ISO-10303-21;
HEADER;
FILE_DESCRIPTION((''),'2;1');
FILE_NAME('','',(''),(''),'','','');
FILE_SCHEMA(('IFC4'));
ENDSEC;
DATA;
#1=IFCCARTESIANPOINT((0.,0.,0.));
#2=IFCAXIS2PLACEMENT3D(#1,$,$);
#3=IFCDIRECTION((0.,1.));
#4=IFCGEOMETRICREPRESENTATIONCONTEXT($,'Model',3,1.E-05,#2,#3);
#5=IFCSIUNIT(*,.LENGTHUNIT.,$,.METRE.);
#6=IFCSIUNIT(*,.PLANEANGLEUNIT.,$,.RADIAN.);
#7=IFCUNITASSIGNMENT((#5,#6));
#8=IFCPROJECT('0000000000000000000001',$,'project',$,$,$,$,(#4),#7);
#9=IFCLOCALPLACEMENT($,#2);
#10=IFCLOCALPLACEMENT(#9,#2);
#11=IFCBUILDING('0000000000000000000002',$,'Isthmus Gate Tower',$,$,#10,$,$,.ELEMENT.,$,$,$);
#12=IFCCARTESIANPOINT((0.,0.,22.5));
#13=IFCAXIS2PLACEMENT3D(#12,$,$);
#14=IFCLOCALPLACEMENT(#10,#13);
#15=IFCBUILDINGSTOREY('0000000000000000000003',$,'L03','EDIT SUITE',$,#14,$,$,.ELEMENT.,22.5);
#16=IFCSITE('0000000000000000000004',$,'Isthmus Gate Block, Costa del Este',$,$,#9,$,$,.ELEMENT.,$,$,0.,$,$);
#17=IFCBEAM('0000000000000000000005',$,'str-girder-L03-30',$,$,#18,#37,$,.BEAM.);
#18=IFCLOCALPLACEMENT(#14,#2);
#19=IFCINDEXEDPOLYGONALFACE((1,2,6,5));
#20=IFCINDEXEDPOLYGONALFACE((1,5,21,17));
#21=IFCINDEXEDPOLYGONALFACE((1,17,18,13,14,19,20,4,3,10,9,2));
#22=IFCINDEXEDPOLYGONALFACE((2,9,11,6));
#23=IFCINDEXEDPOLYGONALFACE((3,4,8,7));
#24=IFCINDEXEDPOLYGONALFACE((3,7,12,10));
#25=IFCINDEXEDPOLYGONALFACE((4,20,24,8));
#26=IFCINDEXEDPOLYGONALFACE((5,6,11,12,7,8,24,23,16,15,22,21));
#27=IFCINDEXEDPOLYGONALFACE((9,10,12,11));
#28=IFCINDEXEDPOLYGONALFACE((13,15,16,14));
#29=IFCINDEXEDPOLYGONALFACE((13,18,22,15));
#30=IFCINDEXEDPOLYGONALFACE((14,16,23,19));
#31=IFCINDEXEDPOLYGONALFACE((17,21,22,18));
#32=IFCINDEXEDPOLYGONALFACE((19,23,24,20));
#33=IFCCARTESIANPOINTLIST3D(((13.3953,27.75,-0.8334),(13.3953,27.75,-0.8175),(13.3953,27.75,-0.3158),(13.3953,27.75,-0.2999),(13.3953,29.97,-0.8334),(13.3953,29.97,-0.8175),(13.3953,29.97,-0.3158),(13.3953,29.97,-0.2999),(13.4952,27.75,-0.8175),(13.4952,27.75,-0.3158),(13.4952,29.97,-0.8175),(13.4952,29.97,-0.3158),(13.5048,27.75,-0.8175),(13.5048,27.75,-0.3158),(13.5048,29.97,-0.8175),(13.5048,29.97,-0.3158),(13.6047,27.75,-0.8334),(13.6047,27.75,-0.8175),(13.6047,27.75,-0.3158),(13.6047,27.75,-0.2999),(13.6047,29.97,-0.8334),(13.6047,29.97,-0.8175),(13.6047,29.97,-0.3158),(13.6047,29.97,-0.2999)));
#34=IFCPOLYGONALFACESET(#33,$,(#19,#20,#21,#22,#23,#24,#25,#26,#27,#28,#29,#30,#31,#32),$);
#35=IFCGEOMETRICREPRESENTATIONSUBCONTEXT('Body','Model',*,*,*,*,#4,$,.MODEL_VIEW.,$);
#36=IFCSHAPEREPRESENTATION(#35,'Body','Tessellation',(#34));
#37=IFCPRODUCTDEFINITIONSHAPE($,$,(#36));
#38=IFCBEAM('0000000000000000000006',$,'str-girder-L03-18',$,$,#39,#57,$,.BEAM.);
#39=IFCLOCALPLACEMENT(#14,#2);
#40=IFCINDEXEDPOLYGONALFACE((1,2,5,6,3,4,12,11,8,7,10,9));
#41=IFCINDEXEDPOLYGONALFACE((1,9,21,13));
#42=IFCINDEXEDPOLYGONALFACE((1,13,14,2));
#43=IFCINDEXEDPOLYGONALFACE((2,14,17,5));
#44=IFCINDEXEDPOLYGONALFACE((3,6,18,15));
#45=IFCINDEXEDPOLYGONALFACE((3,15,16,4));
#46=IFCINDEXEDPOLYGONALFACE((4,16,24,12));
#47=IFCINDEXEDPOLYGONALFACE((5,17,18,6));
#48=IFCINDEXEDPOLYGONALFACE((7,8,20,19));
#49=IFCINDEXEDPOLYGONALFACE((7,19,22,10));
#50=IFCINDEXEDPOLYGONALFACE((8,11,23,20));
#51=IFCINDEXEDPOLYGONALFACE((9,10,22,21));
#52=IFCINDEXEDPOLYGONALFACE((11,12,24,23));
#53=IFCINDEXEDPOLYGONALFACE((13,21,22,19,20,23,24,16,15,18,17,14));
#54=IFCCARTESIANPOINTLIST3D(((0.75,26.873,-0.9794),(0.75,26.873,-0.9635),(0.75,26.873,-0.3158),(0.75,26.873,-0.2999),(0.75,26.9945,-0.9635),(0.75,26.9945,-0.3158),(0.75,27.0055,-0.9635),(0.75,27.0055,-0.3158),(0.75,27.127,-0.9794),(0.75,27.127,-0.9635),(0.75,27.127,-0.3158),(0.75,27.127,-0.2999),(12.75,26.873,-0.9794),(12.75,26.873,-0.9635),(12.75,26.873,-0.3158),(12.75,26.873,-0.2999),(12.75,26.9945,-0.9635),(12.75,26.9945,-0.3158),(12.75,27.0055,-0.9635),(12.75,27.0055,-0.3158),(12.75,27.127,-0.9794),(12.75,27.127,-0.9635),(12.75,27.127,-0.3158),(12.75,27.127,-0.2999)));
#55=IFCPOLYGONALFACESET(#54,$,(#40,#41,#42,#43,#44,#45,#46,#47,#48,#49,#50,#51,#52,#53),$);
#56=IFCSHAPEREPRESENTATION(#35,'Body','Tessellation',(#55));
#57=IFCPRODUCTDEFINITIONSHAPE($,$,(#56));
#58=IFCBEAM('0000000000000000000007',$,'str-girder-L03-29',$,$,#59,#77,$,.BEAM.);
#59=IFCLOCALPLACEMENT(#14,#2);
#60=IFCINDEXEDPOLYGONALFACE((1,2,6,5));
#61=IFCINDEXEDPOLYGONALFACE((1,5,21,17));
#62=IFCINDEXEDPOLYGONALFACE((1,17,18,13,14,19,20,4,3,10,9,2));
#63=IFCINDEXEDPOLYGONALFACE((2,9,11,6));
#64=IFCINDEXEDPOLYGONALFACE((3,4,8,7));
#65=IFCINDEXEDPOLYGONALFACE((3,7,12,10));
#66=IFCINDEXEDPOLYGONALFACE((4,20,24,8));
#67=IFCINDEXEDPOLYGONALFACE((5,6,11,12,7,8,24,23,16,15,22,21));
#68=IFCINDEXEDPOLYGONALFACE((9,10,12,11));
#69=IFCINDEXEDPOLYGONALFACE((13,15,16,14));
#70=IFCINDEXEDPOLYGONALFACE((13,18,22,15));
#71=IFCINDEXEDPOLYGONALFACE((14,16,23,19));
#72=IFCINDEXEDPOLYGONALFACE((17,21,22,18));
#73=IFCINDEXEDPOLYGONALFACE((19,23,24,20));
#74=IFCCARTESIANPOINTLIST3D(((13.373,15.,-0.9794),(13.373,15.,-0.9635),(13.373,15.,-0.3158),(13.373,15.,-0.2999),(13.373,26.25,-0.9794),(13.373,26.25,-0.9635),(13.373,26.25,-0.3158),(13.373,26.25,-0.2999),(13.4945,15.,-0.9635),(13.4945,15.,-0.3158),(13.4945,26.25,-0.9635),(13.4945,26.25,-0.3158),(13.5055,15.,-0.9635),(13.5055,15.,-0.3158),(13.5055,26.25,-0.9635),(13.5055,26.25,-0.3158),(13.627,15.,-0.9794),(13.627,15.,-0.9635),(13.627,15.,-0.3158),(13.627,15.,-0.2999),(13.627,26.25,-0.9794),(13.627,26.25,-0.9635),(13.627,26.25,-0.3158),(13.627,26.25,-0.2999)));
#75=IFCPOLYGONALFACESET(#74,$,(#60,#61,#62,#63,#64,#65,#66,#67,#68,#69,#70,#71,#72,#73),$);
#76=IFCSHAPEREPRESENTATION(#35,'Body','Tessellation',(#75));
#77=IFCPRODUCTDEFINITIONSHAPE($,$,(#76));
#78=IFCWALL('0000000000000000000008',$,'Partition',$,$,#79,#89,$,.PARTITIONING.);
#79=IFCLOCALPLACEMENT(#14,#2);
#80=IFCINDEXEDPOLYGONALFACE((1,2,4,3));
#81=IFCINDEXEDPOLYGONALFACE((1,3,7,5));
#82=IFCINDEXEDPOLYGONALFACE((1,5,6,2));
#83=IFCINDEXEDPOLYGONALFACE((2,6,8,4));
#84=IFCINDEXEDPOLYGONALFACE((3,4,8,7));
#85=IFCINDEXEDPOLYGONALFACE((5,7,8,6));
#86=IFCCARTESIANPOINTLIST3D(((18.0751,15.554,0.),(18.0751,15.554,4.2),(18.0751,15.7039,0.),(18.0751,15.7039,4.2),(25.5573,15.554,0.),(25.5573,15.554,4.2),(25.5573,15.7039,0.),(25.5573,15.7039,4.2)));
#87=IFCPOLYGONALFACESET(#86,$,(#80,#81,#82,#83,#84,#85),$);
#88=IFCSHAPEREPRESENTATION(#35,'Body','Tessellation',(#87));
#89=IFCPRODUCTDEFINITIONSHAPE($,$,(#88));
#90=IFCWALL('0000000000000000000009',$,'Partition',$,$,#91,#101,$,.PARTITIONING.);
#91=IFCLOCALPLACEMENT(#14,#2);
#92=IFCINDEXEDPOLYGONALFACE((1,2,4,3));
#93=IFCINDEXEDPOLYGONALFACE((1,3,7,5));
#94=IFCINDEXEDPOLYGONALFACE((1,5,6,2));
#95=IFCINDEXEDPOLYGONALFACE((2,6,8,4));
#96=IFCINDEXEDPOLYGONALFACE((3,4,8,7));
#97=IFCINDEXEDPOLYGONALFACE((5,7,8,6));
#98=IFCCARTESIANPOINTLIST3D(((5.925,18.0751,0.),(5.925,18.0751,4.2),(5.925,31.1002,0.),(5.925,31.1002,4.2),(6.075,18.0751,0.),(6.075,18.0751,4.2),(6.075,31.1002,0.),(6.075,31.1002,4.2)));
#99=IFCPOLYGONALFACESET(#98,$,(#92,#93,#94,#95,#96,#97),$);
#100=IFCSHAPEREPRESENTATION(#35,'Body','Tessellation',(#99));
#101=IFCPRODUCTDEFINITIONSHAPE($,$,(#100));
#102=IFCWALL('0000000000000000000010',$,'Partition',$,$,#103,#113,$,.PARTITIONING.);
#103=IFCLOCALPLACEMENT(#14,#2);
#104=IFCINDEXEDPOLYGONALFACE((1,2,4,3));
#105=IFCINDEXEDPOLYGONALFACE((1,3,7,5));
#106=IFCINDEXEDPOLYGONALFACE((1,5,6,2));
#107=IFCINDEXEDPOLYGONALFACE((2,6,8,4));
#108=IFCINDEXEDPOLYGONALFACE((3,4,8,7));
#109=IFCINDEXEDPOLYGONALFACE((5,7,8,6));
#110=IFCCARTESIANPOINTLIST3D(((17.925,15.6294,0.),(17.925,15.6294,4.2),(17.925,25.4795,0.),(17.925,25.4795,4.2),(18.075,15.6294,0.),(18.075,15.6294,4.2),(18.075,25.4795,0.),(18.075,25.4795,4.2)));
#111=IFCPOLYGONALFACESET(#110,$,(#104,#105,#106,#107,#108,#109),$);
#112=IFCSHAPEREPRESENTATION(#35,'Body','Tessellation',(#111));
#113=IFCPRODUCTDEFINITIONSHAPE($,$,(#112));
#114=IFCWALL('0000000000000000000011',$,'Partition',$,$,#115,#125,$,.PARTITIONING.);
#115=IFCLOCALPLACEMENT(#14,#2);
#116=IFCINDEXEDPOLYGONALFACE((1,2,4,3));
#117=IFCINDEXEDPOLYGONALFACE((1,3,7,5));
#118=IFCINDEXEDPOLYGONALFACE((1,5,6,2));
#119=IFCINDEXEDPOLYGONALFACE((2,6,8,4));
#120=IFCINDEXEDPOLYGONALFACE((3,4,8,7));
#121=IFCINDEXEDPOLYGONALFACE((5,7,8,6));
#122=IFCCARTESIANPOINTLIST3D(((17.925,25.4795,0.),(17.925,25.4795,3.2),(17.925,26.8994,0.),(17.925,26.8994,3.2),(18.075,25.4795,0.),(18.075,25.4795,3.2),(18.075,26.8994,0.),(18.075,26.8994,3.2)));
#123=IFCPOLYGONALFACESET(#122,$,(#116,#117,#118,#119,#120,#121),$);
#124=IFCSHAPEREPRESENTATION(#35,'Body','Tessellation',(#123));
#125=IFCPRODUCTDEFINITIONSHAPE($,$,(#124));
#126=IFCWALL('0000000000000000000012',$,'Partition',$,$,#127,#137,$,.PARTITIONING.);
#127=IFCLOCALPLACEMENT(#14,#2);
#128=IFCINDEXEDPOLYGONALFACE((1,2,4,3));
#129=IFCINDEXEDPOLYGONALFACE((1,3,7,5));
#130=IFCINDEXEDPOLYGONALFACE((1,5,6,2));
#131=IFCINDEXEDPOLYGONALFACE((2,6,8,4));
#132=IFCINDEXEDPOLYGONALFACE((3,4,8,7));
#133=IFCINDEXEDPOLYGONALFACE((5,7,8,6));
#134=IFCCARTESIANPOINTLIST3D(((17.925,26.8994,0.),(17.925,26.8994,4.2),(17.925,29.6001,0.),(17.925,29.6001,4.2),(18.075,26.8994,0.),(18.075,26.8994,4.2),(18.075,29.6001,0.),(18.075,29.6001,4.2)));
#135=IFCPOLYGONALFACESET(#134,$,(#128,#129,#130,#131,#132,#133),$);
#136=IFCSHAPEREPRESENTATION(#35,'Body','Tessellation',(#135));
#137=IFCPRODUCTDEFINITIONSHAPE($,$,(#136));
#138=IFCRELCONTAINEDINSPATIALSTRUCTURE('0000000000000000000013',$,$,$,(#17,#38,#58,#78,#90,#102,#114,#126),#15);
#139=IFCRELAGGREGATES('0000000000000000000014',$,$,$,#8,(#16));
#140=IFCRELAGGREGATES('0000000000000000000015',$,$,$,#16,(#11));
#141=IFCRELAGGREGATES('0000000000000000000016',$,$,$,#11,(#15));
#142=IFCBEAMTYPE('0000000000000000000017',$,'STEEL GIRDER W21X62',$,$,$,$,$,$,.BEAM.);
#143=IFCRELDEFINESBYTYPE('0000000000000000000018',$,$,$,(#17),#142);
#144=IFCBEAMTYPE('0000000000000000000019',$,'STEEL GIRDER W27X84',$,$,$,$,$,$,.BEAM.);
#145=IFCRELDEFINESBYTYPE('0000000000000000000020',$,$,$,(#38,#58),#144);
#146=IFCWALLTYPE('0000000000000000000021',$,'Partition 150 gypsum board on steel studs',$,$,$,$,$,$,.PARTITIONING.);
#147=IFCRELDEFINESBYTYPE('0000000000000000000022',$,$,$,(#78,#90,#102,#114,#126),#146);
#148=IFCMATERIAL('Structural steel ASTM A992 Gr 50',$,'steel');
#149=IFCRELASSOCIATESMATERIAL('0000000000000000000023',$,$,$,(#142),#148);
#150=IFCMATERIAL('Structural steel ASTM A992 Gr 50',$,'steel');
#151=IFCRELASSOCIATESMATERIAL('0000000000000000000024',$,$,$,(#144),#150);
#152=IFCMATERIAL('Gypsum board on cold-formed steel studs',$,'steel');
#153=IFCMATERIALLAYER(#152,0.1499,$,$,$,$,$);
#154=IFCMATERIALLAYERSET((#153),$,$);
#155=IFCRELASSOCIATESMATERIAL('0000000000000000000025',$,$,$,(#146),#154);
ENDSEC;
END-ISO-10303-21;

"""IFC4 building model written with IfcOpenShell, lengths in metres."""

from ifc_helpers import new_model, si_unit, direction, frame, frame_2d, origin, origin_2d, place, context, subcontext, project, spatial, rectangle, i_section, extrude, material, layer, layer_set, material_profile, profile_set, type_object, element, save


model = new_model("IFC4")

# Units and contexts
model_context = context("Model", 3, precision=1e-05, world=origin(), true_north=direction((0.0, 1.0)))
body_context = subcontext(model_context, "Body", "Model", "MODEL_VIEW")
ifc_project = project(units=[si_unit("LENGTHUNIT", "METRE"), si_unit("PLANEANGLEUNIT", "RADIAN")], contexts=[model_context])

# Site, building, storey
site_placement = place(None, origin())
site = spatial("IfcSite", under=ifc_project, at=site_placement, Name="Isthmus Gate Block, Costa del Este", CompositionType="ELEMENT", RefElevation=0.0)
building_placement = place(site_placement, origin())
building = spatial("IfcBuilding", under=site, at=building_placement, Name="Isthmus Gate Tower", CompositionType="ELEMENT")
storey_placement = place(building_placement, frame((0.0, 0.0, 22.5)))
storey = spatial("IfcBuildingStorey", under=building, at=storey_placement, Name="L03", Description="EDIT SUITE", CompositionType="ELEMENT", Elevation=22.5)

# Beams
ifc_material_1 = material(Name="Structural steel ASTM A992 Gr 50", Category="steel")
ifc_material_profile_1 = material_profile(ifc_material_1, i_section(OverallWidth=0.2095, OverallDepth=0.5334, WebThickness=0.0095, FlangeThickness=0.0159, at=origin_2d()), Name="W21X62")
ifc_profile_set_1 = profile_set([ifc_material_profile_1], Name="Structural steel ASTM A992 Gr 50")
beam_type_1 = type_object("IfcBeamType", Name="STEEL GIRDER W21X62", PredefinedType="BEAM", material=ifc_profile_set_1)
beam_1_placement = place(storey_placement, frame((13.5, 27.75, -0.5667), z_axis=(0.0, 1.0, 0.0), x_axis=(-1.0, 0.0, 0.0)))
element("IfcBeam", 1, at=beam_1_placement, inside=storey, type_object=beam_type_1, Name="str-girder-L03-30", PredefinedType="BEAM", context=body_context, shape_type="SweptSolid", body=[
    extrude(i_section(OverallWidth=0.2095, OverallDepth=0.5334, WebThickness=0.0095, FlangeThickness=0.0159, at=origin_2d()), origin(), (0.0, 0.0, 1.0), 2.22),
])
ifc_material_2 = material(Name="Structural steel ASTM A992 Gr 50", Category="steel")
ifc_material_profile_2 = material_profile(ifc_material_2, i_section(OverallWidth=0.2539, OverallDepth=0.6794, WebThickness=0.011, FlangeThickness=0.0159, at=origin_2d()), Name="W27X84")
ifc_profile_set_2 = profile_set([ifc_material_profile_2], Name="Structural steel ASTM A992 Gr 50")
beam_type_2 = type_object("IfcBeamType", Name="STEEL GIRDER W27X84", PredefinedType="BEAM", material=ifc_profile_set_2)
beam_2_placement = place(storey_placement, frame((0.75, 27.0, -0.6396), z_axis=(1.0, 0.0, 0.0), x_axis=(0.0, 1.0, 0.0)))
element("IfcBeam", 2, at=beam_2_placement, inside=storey, type_object=beam_type_2, Name="str-girder-L03-18", PredefinedType="BEAM", context=body_context, shape_type="SweptSolid", body=[
    extrude(i_section(OverallWidth=0.2539, OverallDepth=0.6794, WebThickness=0.011, FlangeThickness=0.0159, at=origin_2d()), origin(), (0.0, 0.0, 1.0), 12.0),
])
beam_3_placement = place(storey_placement, frame((13.5, 15.0, -0.6396), z_axis=(0.0, 1.0, 0.0), x_axis=(-1.0, 0.0, 0.0)))
element("IfcBeam", 3, at=beam_3_placement, inside=storey, type_object=beam_type_2, Name="str-girder-L03-29", PredefinedType="BEAM", context=body_context, shape_type="SweptSolid", body=[
    extrude(i_section(OverallWidth=0.2539, OverallDepth=0.6794, WebThickness=0.011, FlangeThickness=0.0159, at=origin_2d()), origin(), (0.0, 0.0, 1.0), 11.25),
])

# Walls
ifc_material_3 = material(Name="Gypsum board on cold-formed steel studs", Category="steel")
ifc_layer = layer(ifc_material_3, 0.1499)
ifc_layer_set = layer_set([ifc_layer])
wall_type = type_object("IfcWallType", Name="Partition 150 gypsum board on steel studs", PredefinedType="PARTITIONING", material=ifc_layer_set)
wall_1_placement = place(storey_placement, frame((18.075, 15.6289, 0.0), z_axis=(0.0, 0.0, 1.0), x_axis=(1.0, 0.0, 0.0)))
element("IfcWall", 4, at=wall_1_placement, inside=storey, type_object=wall_type, Name="Partition", PredefinedType="PARTITIONING", context=body_context, shape_type="SweptSolid", body=[
    extrude(rectangle(XDim=7.4822, YDim=0.1499, at=frame_2d((3.7412, 0.0))), origin(), (0.0, 0.0, 1.0), 4.2),
])
wall_2_placement = place(storey_placement, frame((6.0, 18.075, 0.0), z_axis=(0.0, 0.0, 1.0), x_axis=(0.0, 1.0, 0.0)))
element("IfcWall", 5, at=wall_2_placement, inside=storey, type_object=wall_type, Name="Partition", PredefinedType="PARTITIONING", context=body_context, shape_type="SweptSolid", body=[
    extrude(rectangle(XDim=13.0251, YDim=0.1499, at=frame_2d((6.5127, 0.0))), origin(), (0.0, 0.0, 1.0), 4.2),
])
wall_3_placement = place(storey_placement, frame((18.0, 15.6294, 0.0), z_axis=(0.0, 0.0, 1.0), x_axis=(0.0, 1.0, 0.0)))
element("IfcWall", 6, at=wall_3_placement, inside=storey, type_object=wall_type, Name="Partition", PredefinedType="PARTITIONING", context=body_context, shape_type="SweptSolid", body=[
    extrude(rectangle(XDim=9.8501, YDim=0.1499, at=frame_2d((4.925, 0.0))), origin(), (0.0, 0.0, 1.0), 4.2),
])
wall_4_placement = place(storey_placement, frame((18.0, 25.4795, 0.0), z_axis=(0.0, 0.0, 1.0), x_axis=(0.0, 1.0, 0.0)))
element("IfcWall", 7, at=wall_4_placement, inside=storey, type_object=wall_type, Name="Partition", PredefinedType="PARTITIONING", context=body_context, shape_type="SweptSolid", body=[
    extrude(rectangle(XDim=1.4199, YDim=0.1499, at=frame_2d((0.71, 0.0))), origin(), (0.0, 0.0, 1.0), 3.2),
])
wall_5_placement = place(storey_placement, frame((18.0, 26.8994, 0.0), z_axis=(0.0, 0.0, 1.0), x_axis=(0.0, 1.0, 0.0)))
element("IfcWall", 8, at=wall_5_placement, inside=storey, type_object=wall_type, Name="Partition", PredefinedType="PARTITIONING", context=body_context, shape_type="SweptSolid", body=[
    extrude(rectangle(XDim=2.7007, YDim=0.1499, at=frame_2d((1.3503, 0.0))), origin(), (0.0, 0.0, 1.0), 4.2),
])

save(model, "model.ifc")
